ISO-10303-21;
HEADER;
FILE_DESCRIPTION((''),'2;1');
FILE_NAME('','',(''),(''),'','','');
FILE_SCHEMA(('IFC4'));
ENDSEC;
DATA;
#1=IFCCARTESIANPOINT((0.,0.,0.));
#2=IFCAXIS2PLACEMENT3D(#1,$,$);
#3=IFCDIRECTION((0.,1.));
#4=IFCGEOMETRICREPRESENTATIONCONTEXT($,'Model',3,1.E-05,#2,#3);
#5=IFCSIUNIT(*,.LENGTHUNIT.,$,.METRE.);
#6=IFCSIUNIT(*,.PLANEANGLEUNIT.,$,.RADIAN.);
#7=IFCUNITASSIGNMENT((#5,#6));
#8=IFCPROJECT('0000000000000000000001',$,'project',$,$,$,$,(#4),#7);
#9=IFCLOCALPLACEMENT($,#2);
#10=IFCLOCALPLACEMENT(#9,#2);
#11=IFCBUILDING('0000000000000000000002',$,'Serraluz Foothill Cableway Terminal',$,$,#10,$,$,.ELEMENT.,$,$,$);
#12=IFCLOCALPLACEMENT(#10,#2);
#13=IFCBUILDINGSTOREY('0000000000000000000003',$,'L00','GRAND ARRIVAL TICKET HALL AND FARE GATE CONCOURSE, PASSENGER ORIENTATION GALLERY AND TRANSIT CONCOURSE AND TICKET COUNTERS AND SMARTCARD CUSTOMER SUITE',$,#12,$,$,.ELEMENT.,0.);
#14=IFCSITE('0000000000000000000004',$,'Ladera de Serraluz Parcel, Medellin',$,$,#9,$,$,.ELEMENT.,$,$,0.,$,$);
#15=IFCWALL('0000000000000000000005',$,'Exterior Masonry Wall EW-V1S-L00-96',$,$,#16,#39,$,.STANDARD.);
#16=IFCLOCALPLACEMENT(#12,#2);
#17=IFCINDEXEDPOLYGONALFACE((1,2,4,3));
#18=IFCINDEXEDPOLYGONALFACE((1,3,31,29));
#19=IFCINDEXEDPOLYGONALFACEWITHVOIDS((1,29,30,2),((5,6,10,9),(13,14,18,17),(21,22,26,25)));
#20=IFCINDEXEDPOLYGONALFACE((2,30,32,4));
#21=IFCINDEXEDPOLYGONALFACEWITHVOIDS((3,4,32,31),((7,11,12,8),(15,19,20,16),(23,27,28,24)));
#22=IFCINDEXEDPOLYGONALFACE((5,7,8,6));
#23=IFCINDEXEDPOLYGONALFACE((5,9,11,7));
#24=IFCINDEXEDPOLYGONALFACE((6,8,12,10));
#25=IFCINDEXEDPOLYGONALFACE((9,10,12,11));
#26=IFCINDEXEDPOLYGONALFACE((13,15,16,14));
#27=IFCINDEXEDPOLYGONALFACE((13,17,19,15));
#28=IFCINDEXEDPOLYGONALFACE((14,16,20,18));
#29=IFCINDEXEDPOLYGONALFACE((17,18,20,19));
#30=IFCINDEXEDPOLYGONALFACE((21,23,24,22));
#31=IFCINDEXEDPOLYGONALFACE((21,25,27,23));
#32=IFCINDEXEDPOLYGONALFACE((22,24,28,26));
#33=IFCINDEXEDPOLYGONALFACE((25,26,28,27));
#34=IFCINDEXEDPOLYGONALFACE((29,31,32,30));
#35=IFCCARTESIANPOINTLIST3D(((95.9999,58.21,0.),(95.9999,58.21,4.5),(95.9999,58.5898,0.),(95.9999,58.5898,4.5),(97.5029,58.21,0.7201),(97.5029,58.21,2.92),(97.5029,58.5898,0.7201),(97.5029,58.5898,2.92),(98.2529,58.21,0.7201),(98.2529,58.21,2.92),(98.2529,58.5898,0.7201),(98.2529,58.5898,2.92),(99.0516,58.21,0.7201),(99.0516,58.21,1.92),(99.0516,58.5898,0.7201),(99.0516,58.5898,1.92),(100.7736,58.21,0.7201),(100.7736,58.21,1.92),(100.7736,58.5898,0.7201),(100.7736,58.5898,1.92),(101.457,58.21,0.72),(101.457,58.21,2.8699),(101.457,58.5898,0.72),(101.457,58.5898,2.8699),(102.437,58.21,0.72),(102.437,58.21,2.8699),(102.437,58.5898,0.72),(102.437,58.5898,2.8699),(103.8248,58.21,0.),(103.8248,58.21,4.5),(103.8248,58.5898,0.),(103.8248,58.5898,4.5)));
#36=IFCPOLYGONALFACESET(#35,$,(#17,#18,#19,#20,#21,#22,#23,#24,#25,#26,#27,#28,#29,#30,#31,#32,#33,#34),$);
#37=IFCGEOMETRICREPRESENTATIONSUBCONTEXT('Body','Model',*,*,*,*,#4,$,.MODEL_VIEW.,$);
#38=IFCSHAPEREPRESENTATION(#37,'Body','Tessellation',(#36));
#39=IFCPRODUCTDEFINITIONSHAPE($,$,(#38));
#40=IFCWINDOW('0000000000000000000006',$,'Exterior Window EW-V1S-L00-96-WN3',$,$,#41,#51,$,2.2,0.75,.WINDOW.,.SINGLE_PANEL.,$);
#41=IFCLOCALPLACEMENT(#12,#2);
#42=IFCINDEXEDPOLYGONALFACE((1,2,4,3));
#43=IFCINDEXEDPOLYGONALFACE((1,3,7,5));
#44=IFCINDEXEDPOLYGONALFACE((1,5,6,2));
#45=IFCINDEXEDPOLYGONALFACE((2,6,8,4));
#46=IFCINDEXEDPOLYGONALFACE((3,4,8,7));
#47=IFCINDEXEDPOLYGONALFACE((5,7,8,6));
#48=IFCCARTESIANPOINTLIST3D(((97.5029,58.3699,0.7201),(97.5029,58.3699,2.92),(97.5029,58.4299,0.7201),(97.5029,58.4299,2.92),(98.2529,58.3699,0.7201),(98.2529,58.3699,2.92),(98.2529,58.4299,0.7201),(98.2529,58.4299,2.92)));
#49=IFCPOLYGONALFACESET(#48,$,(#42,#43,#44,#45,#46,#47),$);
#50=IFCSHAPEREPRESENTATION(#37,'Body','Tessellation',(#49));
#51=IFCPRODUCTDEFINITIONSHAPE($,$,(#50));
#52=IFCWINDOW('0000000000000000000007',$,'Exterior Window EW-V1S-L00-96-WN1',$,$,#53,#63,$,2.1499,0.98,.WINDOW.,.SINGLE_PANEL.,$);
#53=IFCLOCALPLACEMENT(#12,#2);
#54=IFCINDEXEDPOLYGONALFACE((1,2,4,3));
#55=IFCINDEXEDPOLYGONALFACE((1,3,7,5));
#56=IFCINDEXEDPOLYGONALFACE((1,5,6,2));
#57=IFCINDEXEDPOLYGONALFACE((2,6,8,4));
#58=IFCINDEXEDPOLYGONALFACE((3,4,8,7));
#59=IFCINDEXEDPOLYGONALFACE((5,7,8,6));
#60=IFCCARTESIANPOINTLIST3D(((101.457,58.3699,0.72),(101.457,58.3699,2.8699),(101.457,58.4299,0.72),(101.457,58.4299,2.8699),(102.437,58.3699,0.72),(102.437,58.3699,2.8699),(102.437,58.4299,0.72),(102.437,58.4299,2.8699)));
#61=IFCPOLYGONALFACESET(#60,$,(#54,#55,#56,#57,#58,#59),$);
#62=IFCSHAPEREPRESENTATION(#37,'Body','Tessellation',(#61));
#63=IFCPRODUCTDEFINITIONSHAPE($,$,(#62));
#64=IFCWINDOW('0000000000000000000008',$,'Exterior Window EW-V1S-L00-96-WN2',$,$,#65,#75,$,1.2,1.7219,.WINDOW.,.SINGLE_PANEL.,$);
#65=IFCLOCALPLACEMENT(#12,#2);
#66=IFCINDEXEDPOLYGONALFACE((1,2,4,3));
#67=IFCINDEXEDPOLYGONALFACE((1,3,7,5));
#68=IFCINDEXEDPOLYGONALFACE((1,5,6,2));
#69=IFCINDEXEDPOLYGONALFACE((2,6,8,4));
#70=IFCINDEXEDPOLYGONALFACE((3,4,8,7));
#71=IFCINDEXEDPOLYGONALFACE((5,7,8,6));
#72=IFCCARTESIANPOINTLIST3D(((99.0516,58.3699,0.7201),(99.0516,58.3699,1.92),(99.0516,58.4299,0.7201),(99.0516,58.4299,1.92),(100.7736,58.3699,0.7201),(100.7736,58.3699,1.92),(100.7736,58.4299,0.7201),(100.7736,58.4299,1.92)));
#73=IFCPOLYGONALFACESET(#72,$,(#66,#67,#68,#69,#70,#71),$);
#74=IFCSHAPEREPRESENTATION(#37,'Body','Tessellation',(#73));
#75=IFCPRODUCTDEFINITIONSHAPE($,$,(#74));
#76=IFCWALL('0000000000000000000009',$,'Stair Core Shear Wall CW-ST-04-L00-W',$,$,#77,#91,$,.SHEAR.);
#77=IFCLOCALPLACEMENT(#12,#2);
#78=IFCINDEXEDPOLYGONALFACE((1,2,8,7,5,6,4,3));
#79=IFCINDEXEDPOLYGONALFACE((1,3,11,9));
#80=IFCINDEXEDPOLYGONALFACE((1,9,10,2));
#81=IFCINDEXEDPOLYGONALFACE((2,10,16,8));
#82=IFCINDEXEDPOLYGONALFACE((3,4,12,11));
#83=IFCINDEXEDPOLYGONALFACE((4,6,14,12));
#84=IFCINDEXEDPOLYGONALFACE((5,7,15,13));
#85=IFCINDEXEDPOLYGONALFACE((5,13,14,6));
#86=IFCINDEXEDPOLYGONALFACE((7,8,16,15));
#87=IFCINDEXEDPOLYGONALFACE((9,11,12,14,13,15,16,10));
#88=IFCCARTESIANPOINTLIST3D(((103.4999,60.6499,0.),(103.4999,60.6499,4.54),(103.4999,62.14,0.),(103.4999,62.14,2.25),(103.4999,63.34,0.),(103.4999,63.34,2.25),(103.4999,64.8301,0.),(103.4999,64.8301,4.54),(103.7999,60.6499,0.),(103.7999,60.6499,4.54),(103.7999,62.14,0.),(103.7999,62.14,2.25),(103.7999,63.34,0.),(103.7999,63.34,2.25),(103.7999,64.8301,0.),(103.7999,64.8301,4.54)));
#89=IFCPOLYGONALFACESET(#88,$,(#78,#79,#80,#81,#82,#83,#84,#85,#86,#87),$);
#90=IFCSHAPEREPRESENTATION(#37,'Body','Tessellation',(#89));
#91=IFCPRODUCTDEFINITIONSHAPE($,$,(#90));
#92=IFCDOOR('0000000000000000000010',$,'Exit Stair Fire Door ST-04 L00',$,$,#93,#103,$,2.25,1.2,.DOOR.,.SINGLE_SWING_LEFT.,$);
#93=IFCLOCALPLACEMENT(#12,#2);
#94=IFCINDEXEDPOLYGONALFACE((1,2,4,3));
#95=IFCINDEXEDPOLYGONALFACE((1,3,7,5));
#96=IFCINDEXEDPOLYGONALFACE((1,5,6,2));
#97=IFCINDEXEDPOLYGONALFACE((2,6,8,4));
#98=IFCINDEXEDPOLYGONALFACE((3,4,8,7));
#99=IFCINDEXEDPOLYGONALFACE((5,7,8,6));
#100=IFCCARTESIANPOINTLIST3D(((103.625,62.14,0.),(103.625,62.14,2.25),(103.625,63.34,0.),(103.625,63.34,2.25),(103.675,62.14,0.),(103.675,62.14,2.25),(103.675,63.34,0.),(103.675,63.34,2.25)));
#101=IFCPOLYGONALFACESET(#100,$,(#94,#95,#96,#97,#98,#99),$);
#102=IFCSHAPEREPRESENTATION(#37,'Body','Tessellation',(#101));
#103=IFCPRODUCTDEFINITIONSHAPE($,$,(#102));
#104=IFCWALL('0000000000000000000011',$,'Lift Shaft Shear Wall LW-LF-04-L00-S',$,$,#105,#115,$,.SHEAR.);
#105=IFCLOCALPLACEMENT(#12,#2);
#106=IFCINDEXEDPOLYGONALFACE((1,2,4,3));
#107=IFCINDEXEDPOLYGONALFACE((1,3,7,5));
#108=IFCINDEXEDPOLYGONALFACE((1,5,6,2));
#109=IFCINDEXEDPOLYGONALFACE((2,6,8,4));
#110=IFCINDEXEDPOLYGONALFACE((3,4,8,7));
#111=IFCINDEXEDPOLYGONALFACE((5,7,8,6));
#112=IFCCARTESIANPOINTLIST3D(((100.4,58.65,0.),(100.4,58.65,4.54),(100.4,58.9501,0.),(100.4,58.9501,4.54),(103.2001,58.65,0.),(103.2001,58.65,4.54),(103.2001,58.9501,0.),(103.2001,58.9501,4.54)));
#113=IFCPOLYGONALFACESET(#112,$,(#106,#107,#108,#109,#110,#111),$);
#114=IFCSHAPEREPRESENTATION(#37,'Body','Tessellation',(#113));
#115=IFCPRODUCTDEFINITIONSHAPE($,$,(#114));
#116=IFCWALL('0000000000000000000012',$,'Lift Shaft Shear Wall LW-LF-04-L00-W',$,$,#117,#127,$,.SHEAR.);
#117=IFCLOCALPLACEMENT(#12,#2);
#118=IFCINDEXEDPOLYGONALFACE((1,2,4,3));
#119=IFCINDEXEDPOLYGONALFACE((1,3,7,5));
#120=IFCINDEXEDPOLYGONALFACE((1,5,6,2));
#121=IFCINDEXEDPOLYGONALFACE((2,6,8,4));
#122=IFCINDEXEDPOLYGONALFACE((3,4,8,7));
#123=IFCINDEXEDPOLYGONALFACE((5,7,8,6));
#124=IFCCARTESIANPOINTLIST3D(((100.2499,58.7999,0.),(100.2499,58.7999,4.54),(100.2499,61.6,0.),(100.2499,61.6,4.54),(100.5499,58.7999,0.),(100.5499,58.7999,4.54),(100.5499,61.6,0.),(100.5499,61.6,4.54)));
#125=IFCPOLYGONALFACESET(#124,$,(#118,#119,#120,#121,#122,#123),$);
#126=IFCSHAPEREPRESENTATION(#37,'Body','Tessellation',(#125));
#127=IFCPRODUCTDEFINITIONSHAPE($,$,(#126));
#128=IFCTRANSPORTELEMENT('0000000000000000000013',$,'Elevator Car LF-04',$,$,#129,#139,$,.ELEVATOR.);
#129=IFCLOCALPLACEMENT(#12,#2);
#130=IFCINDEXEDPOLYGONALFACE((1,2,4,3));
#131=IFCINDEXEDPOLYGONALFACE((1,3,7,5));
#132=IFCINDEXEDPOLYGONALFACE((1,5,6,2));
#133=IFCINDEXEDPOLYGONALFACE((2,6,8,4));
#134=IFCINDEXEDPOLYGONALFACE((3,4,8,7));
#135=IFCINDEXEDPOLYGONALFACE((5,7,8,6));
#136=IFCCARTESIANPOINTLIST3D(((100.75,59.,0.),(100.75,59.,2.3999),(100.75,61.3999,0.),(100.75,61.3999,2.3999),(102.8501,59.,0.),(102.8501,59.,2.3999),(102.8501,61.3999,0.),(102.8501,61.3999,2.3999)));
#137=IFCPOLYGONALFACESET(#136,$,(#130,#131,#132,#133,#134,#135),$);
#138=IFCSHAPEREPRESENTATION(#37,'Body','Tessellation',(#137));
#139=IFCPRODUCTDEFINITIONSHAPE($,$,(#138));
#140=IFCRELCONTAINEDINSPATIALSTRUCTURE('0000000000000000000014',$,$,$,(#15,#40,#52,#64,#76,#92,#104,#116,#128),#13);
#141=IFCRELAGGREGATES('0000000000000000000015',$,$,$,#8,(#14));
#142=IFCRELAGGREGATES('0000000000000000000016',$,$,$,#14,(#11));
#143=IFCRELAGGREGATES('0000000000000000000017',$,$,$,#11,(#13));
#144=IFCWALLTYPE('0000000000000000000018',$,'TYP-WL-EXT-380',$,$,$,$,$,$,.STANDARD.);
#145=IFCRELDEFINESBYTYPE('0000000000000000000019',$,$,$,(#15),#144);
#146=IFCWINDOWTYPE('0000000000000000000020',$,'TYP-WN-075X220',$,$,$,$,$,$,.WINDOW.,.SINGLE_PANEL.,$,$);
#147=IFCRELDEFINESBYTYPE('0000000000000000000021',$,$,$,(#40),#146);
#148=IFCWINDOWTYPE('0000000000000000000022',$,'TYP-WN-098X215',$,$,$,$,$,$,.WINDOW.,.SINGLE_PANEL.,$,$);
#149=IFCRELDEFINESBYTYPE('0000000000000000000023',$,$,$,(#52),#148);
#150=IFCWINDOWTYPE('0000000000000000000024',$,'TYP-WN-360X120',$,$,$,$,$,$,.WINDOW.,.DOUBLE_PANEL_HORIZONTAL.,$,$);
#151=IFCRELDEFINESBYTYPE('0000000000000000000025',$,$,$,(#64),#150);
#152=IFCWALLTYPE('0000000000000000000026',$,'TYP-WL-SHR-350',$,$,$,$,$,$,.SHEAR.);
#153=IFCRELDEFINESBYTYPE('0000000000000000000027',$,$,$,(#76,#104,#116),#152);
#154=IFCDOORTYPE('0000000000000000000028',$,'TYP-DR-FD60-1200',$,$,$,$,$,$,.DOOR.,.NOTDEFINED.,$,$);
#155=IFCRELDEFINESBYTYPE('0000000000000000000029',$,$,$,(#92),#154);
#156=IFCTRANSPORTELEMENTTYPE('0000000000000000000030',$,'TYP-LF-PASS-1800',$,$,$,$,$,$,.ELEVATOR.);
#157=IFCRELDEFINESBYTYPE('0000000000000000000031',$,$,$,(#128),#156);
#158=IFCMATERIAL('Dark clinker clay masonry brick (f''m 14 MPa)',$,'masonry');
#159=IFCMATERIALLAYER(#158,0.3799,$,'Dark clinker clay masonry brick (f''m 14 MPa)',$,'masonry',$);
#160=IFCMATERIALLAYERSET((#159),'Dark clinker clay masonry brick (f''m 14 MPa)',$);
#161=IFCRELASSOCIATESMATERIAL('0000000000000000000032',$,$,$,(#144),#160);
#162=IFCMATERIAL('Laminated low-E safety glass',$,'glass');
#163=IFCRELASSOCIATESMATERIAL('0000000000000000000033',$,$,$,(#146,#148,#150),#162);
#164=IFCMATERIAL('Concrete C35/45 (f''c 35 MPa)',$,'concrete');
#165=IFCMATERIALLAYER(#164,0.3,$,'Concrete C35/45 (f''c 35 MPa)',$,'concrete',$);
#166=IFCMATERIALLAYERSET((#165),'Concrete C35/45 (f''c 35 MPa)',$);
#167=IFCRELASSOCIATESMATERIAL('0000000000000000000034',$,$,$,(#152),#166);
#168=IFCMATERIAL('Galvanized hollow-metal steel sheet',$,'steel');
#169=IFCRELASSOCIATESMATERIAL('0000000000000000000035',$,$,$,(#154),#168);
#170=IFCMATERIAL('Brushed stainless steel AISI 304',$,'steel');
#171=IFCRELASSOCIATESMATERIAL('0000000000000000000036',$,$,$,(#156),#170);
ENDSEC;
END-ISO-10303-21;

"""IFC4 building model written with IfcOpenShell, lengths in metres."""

from ifc_helpers import new_model, si_unit, direction, frame, frame_2d, origin, origin_2d, place, context, subcontext, project, spatial, rectangle, extrude, material, layer, layer_set, type_object, element, fill, save


model = new_model("IFC4")

# Units and contexts
model_context = context("Model", 3, precision=1e-05, world=origin(), true_north=direction((0.0, 1.0)))
body_context = subcontext(model_context, "Body", "Model", "MODEL_VIEW")
ifc_project = project(units=[si_unit("LENGTHUNIT", "METRE"), si_unit("PLANEANGLEUNIT", "RADIAN")], contexts=[model_context])

# Site, building, storey
site_placement = place(None, origin())
site = spatial("IfcSite", under=ifc_project, at=site_placement, Name="Ladera de Serraluz Parcel, Medellin", CompositionType="ELEMENT", RefElevation=0.0)
building_placement = place(site_placement, origin())
building = spatial("IfcBuilding", under=site, at=building_placement, Name="Serraluz Foothill Cableway Terminal", CompositionType="ELEMENT")
storey_placement = place(building_placement, origin())
storey = spatial("IfcBuildingStorey", under=building, at=storey_placement, Name="L00", Description="GRAND ARRIVAL TICKET HALL AND FARE GATE CONCOURSE, PASSENGER ORIENTATION GALLERY AND TRANSIT CONCOURSE AND TICKET COUNTERS AND SMARTCARD CUSTOMER SUITE", CompositionType="ELEMENT", Elevation=0.0)

# Shared definitions
ifc_material_1 = material(Name="Concrete C35/45 (f'c 35 MPa)", Category="concrete")

# Shared definitions
ifc_material_2 = material(Name="Dark clinker clay masonry brick (f'm 14 MPa)", Category="masonry")

# Wall, openings, windows
ifc_layer_1 = layer(ifc_material_2, 0.3799, Name="Dark clinker clay masonry brick (f'm 14 MPa)", Category="masonry")
ifc_layer_set_1 = layer_set([ifc_layer_1], Name="Dark clinker clay masonry brick (f'm 14 MPa)")
wall_type_1 = type_object("IfcWallType", Name="TYP-WL-EXT-380", PredefinedType="STANDARD", material=ifc_layer_set_1)
wall_1_placement = place(storey_placement, frame((103.825, 58.3999, 0.0), z_axis=(0.0, 0.0, 1.0), x_axis=(-1.0, 0.0, 0.0)))
wall_1 = element("IfcWall", 1, at=wall_1_placement, inside=storey, type_object=wall_type_1, Name="Exterior Masonry Wall EW-V1S-L00-96", PredefinedType="STANDARD", context=body_context, shape_type="SweptSolid", body=[
    extrude(rectangle(XDim=7.825, YDim=0.3799, at=frame_2d((3.9126, 0.0))), origin(), (0.0, 0.0, 1.0), 4.5),
])
opening_1_placement = place(wall_1_placement, frame((1.3879, 0.0, 0.72)))
opening_1 = element("IfcOpeningElement", 2, at=opening_1_placement, cuts=wall_1, PredefinedType="OPENING", context=body_context, shape_type="SweptSolid", body=[
    extrude(rectangle(XDim=0.98, YDim=2.1499, at=frame_2d((0.49, 1.075))), frame((0.0, 0.2, 0.0), z_axis=(0.0, -1.0, 0.0), x_axis=(1.0, 0.0, 0.0)), (0.0, 0.0, 1.0), 0.3999),
])
opening_2_placement = place(wall_1_placement, frame((3.0515, 0.0, 0.72)))
opening_2 = element("IfcOpeningElement", 3, at=opening_2_placement, cuts=wall_1, PredefinedType="OPENING", context=body_context, shape_type="SweptSolid", body=[
    extrude(rectangle(XDim=1.7219, YDim=1.2, at=frame_2d((0.8608, 0.6001))), frame((0.0, 0.2, 0.0), z_axis=(0.0, -1.0, 0.0), x_axis=(1.0, 0.0, 0.0)), (0.0, 0.0, 1.0), 0.3999),
])
opening_3_placement = place(wall_1_placement, frame((5.572, 0.0, 0.72)))
opening_3 = element("IfcOpeningElement", 4, at=opening_3_placement, cuts=wall_1, PredefinedType="OPENING", context=body_context, shape_type="SweptSolid", body=[
    extrude(rectangle(XDim=0.75, YDim=2.2, at=frame_2d((0.375, 1.1001))), frame((0.0, 0.2, 0.0), z_axis=(0.0, -1.0, 0.0), x_axis=(1.0, 0.0, 0.0)), (0.0, 0.0, 1.0), 0.3999),
])
ifc_material_3 = material(Name="Laminated low-E safety glass", Category="glass")
window_type_1 = type_object("IfcWindowType", Name="TYP-WN-075X220", PartitioningType="SINGLE_PANEL", PredefinedType="WINDOW", material=ifc_material_3)
window_1_placement = place(opening_3_placement, origin())
window_1 = element("IfcWindow", 5, at=window_1_placement, inside=storey, type_object=window_type_1, Name="Exterior Window EW-V1S-L00-96-WN3", OverallHeight=2.2, OverallWidth=0.75, PartitioningType="SINGLE_PANEL", PredefinedType="WINDOW", context=body_context, shape_type="SweptSolid", body=[
    extrude(rectangle(XDim=0.75, YDim=2.2, at=frame_2d((0.375, 1.1001))), frame((0.0, 0.03, 0.0), z_axis=(0.0, -1.0, 0.0), x_axis=(1.0, 0.0, 0.0)), (0.0, 0.0, 1.0), 0.0601),
])
fill(opening_3, window_1)
window_type_2 = type_object("IfcWindowType", Name="TYP-WN-098X215", PartitioningType="SINGLE_PANEL", PredefinedType="WINDOW", material=ifc_material_3)
window_2_placement = place(opening_1_placement, origin())
window_2 = element("IfcWindow", 6, at=window_2_placement, inside=storey, type_object=window_type_2, Name="Exterior Window EW-V1S-L00-96-WN1", OverallHeight=2.1499, OverallWidth=0.98, PartitioningType="SINGLE_PANEL", PredefinedType="WINDOW", context=body_context, shape_type="SweptSolid", body=[
    extrude(rectangle(XDim=0.98, YDim=2.1499, at=frame_2d((0.49, 1.075))), frame((0.0, 0.03, 0.0), z_axis=(0.0, -1.0, 0.0), x_axis=(1.0, 0.0, 0.0)), (0.0, 0.0, 1.0), 0.0601),
])
fill(opening_1, window_2)
window_type_3 = type_object("IfcWindowType", Name="TYP-WN-360X120", PartitioningType="DOUBLE_PANEL_HORIZONTAL", PredefinedType="WINDOW", material=ifc_material_3)
window_3_placement = place(opening_2_placement, origin())
window_3 = element("IfcWindow", 7, at=window_3_placement, inside=storey, type_object=window_type_3, Name="Exterior Window EW-V1S-L00-96-WN2", OverallHeight=1.2, OverallWidth=1.7219, PartitioningType="SINGLE_PANEL", PredefinedType="WINDOW", context=body_context, shape_type="SweptSolid", body=[
    extrude(rectangle(XDim=1.7219, YDim=1.2, at=frame_2d((0.8608, 0.6001))), frame((0.0, 0.03, 0.0), z_axis=(0.0, -1.0, 0.0), x_axis=(1.0, 0.0, 0.0)), (0.0, 0.0, 1.0), 0.0601),
])
fill(opening_2, window_3)

# Wall, opening, door
ifc_layer_2 = layer(ifc_material_1, 0.3, Name="Concrete C35/45 (f'c 35 MPa)", Category="concrete")
ifc_layer_set_2 = layer_set([ifc_layer_2], Name="Concrete C35/45 (f'c 35 MPa)")
wall_type_2 = type_object("IfcWallType", Name="TYP-WL-SHR-350", PredefinedType="SHEAR", material=ifc_layer_set_2)
wall_2_placement = place(storey_placement, frame((103.6499, 60.6499, 0.0), z_axis=(0.0, 0.0, 1.0), x_axis=(0.0, 1.0, 0.0)))
wall_2 = element("IfcWall", 8, at=wall_2_placement, inside=storey, type_object=wall_type_2, Name="Stair Core Shear Wall CW-ST-04-L00-W", PredefinedType="SHEAR", context=body_context, shape_type="SweptSolid", body=[
    extrude(rectangle(XDim=4.1802, YDim=0.3, at=frame_2d((2.0901, 0.0))), origin(), (0.0, 0.0, 1.0), 4.54),
])
opening_4_placement = place(wall_2_placement, frame((1.49, 0.0, 0.0)))
opening_4 = element("IfcOpeningElement", 9, at=opening_4_placement, cuts=wall_2, PredefinedType="OPENING", context=body_context, shape_type="SweptSolid", body=[
    extrude(rectangle(XDim=1.2, YDim=2.25, at=frame_2d((0.6001, 1.125))), frame((0.0, 0.1602, 0.0), z_axis=(0.0, -1.0, 0.0), x_axis=(1.0, 0.0, 0.0)), (0.0, 0.0, 1.0), 0.3201),
])
ifc_material_4 = material(Name="Galvanized hollow-metal steel sheet", Category="steel")
door_type = type_object("IfcDoorType", Name="TYP-DR-FD60-1200", OperationType="NOTDEFINED", PredefinedType="DOOR", material=ifc_material_4)
door_placement = place(opening_4_placement, origin())
door = element("IfcDoor", 10, at=door_placement, inside=storey, type_object=door_type, Name="Exit Stair Fire Door ST-04 L00", OperationType="SINGLE_SWING_LEFT", OverallHeight=2.25, OverallWidth=1.2, PredefinedType="DOOR", context=body_context, shape_type="SweptSolid", body=[
    extrude(rectangle(XDim=1.2, YDim=2.25, at=frame_2d((0.6001, 1.125))), frame((0.0, 0.0249, 0.0), z_axis=(0.0, -1.0, 0.0), x_axis=(1.0, 0.0, 0.0)), (0.0, 0.0, 1.0), 0.05),
])
fill(opening_4, door)

# Walls
for number, where, z_axis, x_axis, name in (
    (11, (103.2, 58.8, 0.0), (0.0, 0.0, 1.0), (-1.0, 0.0, 0.0), "Lift Shaft Shear Wall LW-LF-04-L00-S"),
    (12, (100.3999, 58.8, 0.0), (0.0, 0.0, 1.0), (0.0, 1.0, 0.0), "Lift Shaft Shear Wall LW-LF-04-L00-W"),
):
    element("IfcWall", number, at=place(storey_placement, frame(where, z_axis=z_axis, x_axis=x_axis)), inside=storey, type_object=wall_type_2, Name=name, PredefinedType="SHEAR", context=body_context, shape_type="SweptSolid", body=[
        extrude(rectangle(XDim=2.8, YDim=0.3, at=frame_2d((1.3999, 0.0))), origin(), (0.0, 0.0, 1.0), 4.54),
    ])

# Transport element
ifc_material_5 = material(Name="Brushed stainless steel AISI 304", Category="steel")
transport_element_type = type_object("IfcTransportElementType", Name="TYP-LF-PASS-1800", PredefinedType="ELEVATOR", material=ifc_material_5)
transport_element_placement = place(storey_placement, frame((101.8, 60.2, 0.0), z_axis=(0.0, 0.0, 1.0), x_axis=(1.0, 0.0, 0.0)))
element("IfcTransportElement", 13, at=transport_element_placement, inside=storey, type_object=transport_element_type, Name="Elevator Car LF-04", PredefinedType="ELEVATOR", context=body_context, shape_type="SweptSolid", body=[
    extrude(rectangle(XDim=2.1001, YDim=2.3999, at=origin_2d()), origin(), (0.0, 0.0, 1.0), 2.3999),
])

save(model, "model.ifc")
